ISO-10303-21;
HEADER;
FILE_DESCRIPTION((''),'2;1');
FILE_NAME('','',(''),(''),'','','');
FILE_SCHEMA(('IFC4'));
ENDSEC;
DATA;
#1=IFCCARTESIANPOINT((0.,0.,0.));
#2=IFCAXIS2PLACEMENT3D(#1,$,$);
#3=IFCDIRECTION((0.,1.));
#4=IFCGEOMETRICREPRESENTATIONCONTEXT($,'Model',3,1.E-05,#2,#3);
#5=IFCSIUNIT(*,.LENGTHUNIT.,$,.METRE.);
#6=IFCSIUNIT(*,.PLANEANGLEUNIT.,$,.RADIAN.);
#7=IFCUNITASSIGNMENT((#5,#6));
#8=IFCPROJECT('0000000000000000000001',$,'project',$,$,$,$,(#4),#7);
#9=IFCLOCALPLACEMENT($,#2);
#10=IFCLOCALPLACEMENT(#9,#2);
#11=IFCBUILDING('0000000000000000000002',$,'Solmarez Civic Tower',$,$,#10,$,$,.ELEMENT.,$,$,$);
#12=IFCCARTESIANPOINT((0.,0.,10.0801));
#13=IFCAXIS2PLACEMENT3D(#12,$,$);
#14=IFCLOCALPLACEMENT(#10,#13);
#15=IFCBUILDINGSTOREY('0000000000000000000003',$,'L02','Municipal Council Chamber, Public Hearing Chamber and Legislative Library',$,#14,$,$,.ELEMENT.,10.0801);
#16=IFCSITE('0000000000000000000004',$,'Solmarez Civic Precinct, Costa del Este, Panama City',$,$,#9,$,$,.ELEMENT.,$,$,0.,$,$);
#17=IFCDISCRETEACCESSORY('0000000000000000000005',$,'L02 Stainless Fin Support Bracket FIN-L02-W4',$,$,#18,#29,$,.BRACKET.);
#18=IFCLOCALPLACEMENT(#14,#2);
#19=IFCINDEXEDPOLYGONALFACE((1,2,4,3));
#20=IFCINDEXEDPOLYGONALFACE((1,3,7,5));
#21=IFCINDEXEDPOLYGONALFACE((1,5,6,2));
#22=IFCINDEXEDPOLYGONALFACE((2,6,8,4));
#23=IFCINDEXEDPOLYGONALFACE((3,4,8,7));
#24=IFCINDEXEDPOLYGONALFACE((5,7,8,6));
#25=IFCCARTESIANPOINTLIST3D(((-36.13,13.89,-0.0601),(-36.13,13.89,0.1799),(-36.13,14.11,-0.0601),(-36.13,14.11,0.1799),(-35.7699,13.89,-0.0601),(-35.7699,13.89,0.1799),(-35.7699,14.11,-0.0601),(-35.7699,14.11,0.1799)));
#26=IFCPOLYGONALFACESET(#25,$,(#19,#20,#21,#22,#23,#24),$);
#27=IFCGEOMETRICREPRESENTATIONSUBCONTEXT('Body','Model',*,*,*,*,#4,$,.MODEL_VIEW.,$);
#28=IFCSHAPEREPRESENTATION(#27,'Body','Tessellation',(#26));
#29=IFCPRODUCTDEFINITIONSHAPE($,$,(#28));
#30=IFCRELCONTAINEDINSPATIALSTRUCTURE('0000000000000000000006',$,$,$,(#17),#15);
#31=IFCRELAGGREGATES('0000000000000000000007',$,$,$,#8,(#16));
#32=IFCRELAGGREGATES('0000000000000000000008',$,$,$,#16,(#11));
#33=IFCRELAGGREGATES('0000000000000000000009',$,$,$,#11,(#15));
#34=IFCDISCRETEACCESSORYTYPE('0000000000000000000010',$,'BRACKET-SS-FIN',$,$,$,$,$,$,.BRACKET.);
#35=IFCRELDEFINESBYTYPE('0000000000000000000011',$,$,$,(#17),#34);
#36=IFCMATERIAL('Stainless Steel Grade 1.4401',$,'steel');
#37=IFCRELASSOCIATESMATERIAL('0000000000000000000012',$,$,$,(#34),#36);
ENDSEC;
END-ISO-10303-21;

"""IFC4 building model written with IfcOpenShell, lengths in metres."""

from ifc_helpers import new_model, si_unit, direction, frame, origin, origin_2d, place, context, subcontext, project, spatial, rectangle, extrude, material, type_object, element, save


model = new_model("IFC4")

# Units and contexts
model_context = context("Model", 3, precision=1e-05, world=origin(), true_north=direction((0.0, 1.0)))
body_context = subcontext(model_context, "Body", "Model", "MODEL_VIEW")
ifc_project = project(units=[si_unit("LENGTHUNIT", "METRE"), si_unit("PLANEANGLEUNIT", "RADIAN")], contexts=[model_context])

# Site, building, storey
site_placement = place(None, origin())
site = spatial("IfcSite", under=ifc_project, at=site_placement, Name="Solmarez Civic Precinct, Costa del Este, Panama City", CompositionType="ELEMENT", RefElevation=0.0)
building_placement = place(site_placement, origin())
building = spatial("IfcBuilding", under=site, at=building_placement, Name="Solmarez Civic Tower", CompositionType="ELEMENT")
storey_placement = place(building_placement, frame((0.0, 0.0, 10.0801)))
storey = spatial("IfcBuildingStorey", under=building, at=storey_placement, Name="L02", Description="Municipal Council Chamber, Public Hearing Chamber and Legislative Library", CompositionType="ELEMENT", Elevation=10.0801)

# Discrete accessory
ifc_material_1 = material(Name="Stainless Steel Grade 1.4401", Category="steel")
discrete_accessory_type = type_object("IfcDiscreteAccessoryType", Name="BRACKET-SS-FIN", PredefinedType="BRACKET", material=ifc_material_1)
discrete_accessory_placement = place(storey_placement, frame((-35.95, 14.0, -0.0601), z_axis=(0.0, 0.0, 1.0), x_axis=(-1.0, 0.0, 0.0)))
element("IfcDiscreteAccessory", 1, at=discrete_accessory_placement, inside=storey, type_object=discrete_accessory_type, Name="L02 Stainless Fin Support Bracket FIN-L02-W4", PredefinedType="BRACKET", context=body_context, shape_type="SweptSolid", body=[
    extrude(rectangle(XDim=0.3601, YDim=0.22, at=origin_2d()), origin(), (0.0, 0.0, 1.0), 0.24),
])

save(model, "model.ifc")
